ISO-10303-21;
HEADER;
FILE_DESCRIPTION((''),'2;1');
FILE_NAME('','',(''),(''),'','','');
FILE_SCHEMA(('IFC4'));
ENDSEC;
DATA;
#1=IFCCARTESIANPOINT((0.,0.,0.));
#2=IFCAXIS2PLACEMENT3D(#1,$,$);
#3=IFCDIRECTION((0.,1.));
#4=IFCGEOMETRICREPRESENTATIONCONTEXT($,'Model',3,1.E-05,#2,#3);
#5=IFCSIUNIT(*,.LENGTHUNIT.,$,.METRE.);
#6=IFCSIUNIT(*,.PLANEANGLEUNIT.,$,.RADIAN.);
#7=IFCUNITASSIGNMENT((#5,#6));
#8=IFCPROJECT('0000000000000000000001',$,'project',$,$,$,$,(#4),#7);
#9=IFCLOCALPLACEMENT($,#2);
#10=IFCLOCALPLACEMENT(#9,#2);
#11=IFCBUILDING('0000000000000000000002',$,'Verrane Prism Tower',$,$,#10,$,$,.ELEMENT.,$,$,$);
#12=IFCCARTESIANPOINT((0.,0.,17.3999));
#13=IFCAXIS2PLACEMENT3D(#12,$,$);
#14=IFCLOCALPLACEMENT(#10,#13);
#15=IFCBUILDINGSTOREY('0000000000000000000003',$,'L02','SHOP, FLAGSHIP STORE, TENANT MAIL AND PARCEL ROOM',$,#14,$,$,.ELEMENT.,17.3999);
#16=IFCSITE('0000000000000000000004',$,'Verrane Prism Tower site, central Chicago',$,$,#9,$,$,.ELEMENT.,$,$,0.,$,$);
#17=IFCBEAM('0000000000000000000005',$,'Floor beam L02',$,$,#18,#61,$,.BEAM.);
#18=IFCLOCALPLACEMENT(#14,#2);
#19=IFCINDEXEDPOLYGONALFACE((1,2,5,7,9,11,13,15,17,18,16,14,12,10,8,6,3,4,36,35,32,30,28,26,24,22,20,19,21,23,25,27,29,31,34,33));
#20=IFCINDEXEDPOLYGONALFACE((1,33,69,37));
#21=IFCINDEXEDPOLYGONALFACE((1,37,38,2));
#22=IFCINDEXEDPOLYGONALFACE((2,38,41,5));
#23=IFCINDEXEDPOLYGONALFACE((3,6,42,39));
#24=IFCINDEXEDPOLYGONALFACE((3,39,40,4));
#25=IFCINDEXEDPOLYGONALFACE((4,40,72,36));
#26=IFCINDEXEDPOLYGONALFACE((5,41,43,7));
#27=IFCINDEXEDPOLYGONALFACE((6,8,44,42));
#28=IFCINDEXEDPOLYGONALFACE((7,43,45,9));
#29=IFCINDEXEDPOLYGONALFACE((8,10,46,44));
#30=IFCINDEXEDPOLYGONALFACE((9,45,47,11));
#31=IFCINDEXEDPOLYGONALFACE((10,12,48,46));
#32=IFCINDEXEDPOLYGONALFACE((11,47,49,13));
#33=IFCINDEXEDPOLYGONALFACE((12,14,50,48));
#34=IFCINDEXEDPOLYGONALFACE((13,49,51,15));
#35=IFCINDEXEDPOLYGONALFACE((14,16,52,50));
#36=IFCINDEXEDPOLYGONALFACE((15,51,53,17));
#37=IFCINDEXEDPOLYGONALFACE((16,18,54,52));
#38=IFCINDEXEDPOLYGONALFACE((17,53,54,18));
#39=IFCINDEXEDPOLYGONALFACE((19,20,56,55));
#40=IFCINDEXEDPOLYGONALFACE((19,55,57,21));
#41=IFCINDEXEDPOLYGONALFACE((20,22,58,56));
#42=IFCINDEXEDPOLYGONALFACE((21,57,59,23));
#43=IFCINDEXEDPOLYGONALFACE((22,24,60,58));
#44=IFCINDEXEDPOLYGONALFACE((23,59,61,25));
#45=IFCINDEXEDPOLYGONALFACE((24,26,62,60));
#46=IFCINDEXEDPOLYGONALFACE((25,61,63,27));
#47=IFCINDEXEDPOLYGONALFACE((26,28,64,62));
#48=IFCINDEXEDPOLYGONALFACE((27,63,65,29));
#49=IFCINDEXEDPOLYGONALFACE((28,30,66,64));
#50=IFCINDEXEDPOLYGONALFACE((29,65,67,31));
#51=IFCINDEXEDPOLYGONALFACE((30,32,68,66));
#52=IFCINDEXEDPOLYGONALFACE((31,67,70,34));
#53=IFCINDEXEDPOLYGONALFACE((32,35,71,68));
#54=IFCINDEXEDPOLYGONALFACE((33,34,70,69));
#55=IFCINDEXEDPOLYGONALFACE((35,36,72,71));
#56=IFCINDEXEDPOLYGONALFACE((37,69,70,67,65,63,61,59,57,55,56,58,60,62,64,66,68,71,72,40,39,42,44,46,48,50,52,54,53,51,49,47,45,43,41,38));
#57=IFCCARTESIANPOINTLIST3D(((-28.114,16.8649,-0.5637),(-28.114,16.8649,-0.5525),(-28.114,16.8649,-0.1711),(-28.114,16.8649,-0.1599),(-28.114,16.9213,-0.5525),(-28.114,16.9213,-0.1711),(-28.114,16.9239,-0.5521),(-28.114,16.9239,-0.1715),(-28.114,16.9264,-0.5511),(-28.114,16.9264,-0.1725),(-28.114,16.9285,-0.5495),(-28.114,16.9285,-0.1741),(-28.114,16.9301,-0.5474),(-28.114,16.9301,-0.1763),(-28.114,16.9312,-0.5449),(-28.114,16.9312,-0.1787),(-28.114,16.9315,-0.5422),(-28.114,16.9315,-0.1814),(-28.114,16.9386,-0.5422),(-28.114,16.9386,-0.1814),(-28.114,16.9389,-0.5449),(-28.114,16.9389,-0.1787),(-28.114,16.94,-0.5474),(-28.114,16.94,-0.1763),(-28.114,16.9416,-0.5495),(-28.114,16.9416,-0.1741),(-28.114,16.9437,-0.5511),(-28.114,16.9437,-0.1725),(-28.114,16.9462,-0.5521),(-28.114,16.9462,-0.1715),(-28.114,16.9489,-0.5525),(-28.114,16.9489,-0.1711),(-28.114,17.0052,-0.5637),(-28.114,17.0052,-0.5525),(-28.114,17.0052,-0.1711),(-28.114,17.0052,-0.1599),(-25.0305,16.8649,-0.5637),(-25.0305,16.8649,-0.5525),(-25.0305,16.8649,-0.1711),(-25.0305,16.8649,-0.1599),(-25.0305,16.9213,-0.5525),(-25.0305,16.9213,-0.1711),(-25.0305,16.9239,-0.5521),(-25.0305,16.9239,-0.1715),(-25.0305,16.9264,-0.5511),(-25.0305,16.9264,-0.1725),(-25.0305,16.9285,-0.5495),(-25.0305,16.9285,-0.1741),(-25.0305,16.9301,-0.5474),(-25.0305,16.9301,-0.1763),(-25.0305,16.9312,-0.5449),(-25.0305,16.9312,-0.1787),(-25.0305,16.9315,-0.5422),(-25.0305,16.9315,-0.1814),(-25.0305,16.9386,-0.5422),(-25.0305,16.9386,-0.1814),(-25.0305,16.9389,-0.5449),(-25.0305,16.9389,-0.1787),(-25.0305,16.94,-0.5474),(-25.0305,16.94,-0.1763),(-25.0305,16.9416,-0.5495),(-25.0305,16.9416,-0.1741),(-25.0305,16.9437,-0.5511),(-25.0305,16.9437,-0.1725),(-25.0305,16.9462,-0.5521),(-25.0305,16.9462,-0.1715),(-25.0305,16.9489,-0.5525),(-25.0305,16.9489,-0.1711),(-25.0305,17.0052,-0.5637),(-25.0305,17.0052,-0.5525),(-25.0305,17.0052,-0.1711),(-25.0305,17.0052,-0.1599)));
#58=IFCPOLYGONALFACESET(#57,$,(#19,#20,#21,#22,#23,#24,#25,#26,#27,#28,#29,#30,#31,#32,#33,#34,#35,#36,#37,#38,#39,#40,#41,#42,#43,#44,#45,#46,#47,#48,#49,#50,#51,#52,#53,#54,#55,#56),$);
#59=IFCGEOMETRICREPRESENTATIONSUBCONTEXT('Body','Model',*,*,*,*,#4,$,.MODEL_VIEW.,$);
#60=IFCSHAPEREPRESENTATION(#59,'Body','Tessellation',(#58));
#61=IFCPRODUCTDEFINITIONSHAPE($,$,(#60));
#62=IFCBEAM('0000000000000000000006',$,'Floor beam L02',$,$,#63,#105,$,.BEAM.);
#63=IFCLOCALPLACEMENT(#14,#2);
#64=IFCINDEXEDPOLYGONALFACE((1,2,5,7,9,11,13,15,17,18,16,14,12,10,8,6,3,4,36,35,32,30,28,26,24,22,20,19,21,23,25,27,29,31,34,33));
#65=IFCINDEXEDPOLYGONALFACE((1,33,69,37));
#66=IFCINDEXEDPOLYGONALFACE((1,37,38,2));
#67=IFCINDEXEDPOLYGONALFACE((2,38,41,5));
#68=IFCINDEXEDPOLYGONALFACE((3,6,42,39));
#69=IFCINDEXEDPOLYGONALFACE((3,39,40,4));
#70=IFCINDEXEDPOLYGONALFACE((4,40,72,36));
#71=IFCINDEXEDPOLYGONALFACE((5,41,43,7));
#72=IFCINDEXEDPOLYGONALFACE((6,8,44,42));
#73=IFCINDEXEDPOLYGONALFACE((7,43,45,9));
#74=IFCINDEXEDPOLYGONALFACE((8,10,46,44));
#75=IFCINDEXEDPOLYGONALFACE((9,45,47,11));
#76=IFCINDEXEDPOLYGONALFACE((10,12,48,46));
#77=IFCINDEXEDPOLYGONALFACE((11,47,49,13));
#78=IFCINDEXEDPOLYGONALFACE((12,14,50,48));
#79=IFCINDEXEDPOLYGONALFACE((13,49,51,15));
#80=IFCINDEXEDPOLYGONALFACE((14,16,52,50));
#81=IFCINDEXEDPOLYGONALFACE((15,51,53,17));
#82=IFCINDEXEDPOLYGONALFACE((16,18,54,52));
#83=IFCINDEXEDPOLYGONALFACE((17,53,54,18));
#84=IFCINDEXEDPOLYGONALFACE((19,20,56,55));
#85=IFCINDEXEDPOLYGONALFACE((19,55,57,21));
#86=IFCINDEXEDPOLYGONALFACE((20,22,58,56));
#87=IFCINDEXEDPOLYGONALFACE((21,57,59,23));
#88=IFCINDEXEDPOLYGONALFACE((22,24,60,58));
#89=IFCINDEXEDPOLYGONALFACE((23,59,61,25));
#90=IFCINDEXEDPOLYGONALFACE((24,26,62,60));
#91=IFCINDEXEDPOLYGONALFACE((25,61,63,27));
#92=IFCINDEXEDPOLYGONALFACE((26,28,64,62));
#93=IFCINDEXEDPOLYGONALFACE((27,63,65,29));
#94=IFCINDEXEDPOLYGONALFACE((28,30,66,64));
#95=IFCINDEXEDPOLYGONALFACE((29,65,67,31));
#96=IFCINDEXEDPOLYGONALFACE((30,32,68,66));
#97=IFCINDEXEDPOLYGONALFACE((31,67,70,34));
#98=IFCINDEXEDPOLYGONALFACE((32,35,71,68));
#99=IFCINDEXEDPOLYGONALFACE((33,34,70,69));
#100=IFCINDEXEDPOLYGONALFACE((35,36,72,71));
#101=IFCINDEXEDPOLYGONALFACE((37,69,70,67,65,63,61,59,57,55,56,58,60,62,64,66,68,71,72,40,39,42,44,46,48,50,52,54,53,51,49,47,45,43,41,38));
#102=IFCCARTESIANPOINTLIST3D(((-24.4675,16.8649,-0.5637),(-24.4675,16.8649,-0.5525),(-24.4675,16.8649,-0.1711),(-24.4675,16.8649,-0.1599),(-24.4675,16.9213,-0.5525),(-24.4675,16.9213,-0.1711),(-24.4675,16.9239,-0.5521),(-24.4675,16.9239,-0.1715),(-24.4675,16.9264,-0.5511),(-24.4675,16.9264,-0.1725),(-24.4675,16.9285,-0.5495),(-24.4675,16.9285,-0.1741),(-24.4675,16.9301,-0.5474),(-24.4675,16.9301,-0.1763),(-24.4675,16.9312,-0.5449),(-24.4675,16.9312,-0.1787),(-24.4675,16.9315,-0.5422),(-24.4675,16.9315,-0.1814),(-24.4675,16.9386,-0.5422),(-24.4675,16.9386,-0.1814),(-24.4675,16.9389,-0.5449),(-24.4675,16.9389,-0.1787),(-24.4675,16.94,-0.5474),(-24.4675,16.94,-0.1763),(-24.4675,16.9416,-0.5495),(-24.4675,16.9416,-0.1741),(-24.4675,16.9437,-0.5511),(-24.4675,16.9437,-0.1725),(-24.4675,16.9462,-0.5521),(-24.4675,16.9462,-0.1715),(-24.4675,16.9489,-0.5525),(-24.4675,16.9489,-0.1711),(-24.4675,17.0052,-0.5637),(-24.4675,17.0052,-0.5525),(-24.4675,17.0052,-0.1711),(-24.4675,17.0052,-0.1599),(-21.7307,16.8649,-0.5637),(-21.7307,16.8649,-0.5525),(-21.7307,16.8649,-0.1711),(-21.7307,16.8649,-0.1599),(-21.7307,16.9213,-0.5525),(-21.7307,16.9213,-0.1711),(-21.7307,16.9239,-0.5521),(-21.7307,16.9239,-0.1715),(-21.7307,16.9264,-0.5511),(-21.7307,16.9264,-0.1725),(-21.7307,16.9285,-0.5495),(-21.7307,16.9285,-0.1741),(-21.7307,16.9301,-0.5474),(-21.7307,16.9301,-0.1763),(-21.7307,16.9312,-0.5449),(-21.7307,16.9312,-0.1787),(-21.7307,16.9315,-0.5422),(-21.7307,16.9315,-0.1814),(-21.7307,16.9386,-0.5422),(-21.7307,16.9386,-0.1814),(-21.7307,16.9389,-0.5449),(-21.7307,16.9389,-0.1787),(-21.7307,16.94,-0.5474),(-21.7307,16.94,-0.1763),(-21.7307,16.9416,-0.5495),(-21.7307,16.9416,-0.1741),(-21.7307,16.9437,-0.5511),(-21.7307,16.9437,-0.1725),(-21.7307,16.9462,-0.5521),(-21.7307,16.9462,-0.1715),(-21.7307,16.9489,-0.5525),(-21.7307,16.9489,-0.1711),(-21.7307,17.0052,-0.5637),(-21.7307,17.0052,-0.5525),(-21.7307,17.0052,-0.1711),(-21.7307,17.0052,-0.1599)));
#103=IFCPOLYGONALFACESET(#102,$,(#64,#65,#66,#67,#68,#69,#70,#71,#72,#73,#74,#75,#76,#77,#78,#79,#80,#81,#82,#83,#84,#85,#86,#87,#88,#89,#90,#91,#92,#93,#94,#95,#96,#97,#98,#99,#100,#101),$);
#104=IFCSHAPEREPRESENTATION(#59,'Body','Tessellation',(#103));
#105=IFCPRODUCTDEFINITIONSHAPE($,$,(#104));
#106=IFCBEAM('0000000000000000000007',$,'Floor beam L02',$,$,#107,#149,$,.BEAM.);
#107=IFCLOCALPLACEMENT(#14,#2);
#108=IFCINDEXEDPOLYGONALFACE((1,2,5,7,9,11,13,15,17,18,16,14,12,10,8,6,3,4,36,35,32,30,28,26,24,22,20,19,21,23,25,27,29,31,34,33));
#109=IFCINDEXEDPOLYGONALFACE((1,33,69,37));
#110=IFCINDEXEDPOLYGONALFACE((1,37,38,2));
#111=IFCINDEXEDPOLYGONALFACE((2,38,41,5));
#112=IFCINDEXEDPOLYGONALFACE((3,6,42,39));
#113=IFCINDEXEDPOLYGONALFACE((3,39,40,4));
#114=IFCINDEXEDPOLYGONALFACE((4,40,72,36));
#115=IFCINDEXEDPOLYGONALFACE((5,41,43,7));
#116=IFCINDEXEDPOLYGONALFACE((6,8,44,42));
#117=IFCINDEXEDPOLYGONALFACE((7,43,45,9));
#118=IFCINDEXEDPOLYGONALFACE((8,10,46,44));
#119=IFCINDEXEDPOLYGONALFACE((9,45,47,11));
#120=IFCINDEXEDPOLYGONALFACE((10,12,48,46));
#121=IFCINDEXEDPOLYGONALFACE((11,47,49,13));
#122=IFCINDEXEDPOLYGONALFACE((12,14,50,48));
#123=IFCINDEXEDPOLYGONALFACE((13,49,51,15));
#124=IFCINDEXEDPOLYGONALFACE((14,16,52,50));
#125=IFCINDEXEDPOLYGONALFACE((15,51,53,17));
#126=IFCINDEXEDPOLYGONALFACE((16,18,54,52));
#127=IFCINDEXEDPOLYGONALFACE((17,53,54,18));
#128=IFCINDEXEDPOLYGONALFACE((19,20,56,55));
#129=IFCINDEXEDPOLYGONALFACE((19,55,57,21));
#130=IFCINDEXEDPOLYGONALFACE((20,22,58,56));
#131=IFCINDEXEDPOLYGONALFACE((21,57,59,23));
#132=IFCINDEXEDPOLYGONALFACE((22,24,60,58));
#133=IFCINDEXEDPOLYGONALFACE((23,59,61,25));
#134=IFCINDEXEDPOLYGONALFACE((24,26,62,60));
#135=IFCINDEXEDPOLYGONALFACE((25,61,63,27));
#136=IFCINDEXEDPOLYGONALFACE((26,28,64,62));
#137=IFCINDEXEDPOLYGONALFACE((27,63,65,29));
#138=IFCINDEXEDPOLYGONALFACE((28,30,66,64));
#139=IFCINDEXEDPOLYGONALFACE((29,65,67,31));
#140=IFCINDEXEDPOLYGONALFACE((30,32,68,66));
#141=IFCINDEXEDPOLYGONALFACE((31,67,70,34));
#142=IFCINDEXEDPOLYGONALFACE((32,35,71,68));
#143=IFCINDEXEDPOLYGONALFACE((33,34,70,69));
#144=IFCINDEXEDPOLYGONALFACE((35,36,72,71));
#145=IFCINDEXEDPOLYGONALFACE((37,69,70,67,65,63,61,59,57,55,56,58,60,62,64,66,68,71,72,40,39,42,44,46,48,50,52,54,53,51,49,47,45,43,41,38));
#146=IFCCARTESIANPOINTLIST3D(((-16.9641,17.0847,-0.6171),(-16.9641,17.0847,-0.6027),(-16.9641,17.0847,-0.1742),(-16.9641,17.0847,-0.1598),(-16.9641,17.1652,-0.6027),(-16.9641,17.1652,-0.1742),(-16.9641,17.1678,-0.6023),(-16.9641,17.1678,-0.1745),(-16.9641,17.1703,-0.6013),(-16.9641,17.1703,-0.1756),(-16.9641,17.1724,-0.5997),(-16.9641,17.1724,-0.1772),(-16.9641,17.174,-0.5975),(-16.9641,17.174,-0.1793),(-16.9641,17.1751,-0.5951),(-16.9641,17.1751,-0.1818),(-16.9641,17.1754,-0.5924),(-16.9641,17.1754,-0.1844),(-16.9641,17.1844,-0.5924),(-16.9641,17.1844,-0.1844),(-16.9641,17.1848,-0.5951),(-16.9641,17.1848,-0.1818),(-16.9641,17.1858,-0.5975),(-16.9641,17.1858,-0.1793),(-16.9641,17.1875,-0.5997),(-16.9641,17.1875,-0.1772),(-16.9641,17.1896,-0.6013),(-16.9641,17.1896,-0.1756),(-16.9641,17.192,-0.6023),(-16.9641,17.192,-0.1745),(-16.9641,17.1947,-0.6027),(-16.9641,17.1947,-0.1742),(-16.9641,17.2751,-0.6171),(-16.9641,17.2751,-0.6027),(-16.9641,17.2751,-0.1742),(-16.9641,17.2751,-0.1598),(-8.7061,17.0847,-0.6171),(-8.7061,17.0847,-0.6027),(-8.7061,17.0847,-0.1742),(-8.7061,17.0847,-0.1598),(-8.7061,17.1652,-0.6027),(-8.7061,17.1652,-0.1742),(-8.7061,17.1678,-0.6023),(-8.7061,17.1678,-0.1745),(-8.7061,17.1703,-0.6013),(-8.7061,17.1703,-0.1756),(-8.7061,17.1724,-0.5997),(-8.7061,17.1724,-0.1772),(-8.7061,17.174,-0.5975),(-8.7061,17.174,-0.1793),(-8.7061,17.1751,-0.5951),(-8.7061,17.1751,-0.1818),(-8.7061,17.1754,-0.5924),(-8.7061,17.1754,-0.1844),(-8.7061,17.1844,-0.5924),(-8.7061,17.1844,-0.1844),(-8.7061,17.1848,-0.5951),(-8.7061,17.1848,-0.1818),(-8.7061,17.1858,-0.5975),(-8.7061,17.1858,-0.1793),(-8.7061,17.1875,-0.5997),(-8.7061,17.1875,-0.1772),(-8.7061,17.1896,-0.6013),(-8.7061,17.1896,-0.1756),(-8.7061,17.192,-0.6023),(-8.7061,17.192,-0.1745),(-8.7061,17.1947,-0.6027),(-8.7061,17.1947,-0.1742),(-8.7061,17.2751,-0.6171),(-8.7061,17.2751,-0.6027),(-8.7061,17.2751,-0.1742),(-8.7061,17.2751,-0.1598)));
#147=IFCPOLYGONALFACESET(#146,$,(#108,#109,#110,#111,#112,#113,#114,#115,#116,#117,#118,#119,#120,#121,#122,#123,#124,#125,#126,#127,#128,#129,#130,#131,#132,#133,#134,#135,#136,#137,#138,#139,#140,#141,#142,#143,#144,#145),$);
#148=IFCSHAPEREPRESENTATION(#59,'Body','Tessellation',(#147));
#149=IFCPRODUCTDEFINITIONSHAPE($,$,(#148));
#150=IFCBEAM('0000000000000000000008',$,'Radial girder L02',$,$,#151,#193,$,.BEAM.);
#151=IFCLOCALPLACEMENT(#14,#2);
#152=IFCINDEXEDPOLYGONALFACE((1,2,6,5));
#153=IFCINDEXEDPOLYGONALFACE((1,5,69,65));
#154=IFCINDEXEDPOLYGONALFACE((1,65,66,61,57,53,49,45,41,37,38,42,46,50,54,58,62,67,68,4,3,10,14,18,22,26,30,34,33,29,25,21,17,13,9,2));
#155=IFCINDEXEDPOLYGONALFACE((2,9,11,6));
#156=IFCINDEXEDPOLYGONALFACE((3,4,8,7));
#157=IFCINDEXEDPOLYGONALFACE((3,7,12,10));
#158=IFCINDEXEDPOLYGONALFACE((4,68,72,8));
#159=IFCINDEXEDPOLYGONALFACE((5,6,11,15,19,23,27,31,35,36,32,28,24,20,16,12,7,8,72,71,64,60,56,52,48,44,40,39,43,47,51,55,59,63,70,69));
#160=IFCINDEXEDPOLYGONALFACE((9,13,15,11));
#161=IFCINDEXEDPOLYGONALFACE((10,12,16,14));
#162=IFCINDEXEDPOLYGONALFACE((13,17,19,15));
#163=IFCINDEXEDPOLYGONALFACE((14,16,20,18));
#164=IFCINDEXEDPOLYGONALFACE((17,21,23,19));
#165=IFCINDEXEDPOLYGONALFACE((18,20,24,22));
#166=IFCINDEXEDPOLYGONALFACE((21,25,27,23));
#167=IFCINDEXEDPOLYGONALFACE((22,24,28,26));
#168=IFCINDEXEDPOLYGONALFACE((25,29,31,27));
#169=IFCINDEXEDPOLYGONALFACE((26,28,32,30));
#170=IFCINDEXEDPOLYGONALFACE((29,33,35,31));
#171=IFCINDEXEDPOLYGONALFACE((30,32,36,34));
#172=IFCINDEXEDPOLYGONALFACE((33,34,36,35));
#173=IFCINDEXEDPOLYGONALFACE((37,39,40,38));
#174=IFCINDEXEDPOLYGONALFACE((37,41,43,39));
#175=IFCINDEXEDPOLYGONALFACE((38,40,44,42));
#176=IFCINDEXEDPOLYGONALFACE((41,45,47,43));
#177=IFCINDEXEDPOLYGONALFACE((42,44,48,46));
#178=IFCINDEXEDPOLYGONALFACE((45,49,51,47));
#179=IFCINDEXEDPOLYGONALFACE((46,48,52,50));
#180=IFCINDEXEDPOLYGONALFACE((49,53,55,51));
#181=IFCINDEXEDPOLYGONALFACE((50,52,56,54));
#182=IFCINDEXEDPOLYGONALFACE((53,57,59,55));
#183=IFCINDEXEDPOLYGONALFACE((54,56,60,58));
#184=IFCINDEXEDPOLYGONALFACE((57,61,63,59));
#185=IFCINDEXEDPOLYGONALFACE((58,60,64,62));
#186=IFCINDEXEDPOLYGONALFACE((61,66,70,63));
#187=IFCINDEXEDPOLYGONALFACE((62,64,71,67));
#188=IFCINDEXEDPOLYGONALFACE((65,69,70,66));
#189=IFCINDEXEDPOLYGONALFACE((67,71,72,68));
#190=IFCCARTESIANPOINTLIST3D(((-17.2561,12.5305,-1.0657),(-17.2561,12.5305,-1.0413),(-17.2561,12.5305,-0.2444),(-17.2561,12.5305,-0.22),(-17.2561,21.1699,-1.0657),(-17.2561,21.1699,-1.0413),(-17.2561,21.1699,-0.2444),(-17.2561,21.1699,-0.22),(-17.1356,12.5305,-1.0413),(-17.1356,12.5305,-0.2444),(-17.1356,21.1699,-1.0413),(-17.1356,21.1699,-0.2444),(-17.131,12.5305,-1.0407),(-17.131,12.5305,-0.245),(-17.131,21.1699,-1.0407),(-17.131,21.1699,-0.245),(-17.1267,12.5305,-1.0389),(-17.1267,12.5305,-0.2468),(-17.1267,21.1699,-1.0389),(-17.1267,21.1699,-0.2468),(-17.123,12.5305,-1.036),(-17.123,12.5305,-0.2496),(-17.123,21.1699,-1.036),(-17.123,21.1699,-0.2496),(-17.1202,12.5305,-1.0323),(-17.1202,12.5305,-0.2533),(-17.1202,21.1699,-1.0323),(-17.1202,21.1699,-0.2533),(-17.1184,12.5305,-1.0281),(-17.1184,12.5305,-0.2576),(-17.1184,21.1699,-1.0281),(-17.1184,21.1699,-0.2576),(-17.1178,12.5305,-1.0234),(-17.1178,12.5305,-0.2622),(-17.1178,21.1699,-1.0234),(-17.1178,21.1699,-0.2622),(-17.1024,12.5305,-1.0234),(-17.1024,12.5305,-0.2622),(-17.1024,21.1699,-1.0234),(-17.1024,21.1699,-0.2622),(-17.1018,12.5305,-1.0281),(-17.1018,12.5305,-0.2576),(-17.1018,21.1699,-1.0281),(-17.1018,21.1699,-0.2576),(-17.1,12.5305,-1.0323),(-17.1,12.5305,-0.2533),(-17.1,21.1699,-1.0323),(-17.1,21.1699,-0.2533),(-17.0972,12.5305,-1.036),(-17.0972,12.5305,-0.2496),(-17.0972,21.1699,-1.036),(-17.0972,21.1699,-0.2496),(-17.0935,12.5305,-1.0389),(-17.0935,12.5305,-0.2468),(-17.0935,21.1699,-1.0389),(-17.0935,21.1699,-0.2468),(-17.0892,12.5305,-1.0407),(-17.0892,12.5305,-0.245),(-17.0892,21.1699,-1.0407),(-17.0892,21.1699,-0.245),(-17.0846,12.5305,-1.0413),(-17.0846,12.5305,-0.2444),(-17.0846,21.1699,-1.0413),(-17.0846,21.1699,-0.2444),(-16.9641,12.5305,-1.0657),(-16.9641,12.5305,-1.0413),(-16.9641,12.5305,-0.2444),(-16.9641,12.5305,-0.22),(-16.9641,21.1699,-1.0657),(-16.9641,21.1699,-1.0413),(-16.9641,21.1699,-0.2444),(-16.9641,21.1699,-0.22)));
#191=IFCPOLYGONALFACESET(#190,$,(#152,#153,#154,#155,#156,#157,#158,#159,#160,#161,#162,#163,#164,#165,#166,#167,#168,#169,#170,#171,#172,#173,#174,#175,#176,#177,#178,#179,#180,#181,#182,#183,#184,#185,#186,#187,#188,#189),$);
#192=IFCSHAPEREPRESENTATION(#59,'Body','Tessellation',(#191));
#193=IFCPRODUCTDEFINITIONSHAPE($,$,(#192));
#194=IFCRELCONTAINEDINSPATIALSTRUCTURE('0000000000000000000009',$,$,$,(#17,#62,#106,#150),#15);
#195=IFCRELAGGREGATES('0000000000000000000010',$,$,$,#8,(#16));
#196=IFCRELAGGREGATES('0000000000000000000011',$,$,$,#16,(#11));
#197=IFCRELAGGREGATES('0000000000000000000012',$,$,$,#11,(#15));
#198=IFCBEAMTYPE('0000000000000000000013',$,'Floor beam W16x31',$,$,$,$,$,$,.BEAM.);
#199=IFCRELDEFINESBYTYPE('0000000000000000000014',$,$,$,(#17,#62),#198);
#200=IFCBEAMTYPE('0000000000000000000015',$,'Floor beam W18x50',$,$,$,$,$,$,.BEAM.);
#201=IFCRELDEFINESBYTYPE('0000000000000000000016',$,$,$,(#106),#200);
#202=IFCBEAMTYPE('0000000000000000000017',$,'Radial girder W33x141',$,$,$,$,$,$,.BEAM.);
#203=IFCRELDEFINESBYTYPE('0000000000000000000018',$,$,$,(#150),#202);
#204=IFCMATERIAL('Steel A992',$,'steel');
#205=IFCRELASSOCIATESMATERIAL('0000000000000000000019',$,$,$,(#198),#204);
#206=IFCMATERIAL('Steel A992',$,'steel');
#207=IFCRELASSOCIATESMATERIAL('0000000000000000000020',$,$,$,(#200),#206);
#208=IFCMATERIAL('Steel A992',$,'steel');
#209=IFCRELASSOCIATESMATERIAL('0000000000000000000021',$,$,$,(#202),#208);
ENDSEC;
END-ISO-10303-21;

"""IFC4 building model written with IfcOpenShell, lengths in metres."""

from ifc_helpers import new_model, si_unit, direction, frame, origin, origin_2d, place, context, subcontext, project, spatial, i_section, extrude, material, material_profile, profile_set, type_object, element, save


model = new_model("IFC4")

# Units and contexts
model_context = context("Model", 3, precision=1e-05, world=origin(), true_north=direction((0.0, 1.0)))
body_context = subcontext(model_context, "Body", "Model", "MODEL_VIEW")
ifc_project = project(units=[si_unit("LENGTHUNIT", "METRE"), si_unit("PLANEANGLEUNIT", "RADIAN")], contexts=[model_context])

# Site, building, storey
site_placement = place(None, origin())
site = spatial("IfcSite", under=ifc_project, at=site_placement, Name="Verrane Prism Tower site, central Chicago", CompositionType="ELEMENT", RefElevation=0.0)
building_placement = place(site_placement, origin())
building = spatial("IfcBuilding", under=site, at=building_placement, Name="Verrane Prism Tower", CompositionType="ELEMENT")
storey_placement = place(building_placement, frame((0.0, 0.0, 17.3999)))
storey = spatial("IfcBuildingStorey", under=building, at=storey_placement, Name="L02", Description="SHOP, FLAGSHIP STORE, TENANT MAIL AND PARCEL ROOM", CompositionType="ELEMENT", Elevation=17.3999)

# Beams
ifc_material_1 = material(Name="Steel A992", Category="steel")
ifc_material_profile_1 = material_profile(ifc_material_1, i_section(OverallWidth=0.1404, OverallDepth=0.4038, WebThickness=0.0071, FlangeThickness=0.0112, FilletRadius=0.0103, at=origin_2d()), Name="W16x31")
ifc_profile_set_1 = profile_set([ifc_material_profile_1], Name="Steel A992")
beam_type_1 = type_object("IfcBeamType", Name="Floor beam W16x31", PredefinedType="BEAM", material=ifc_profile_set_1)
beam_1_placement = place(storey_placement, frame((-28.114, 16.9351, -0.3618), z_axis=(1.0, 0.0, 0.0), x_axis=(0.0, 1.0, 0.0)))
element("IfcBeam", 1, at=beam_1_placement, inside=storey, type_object=beam_type_1, Name="Floor beam L02", PredefinedType="BEAM", context=body_context, shape_type="SweptSolid", body=[
    extrude(i_section(OverallWidth=0.1404, OverallDepth=0.4038, WebThickness=0.0071, FlangeThickness=0.0112, FilletRadius=0.0103, at=origin_2d()), origin(), (0.0, 0.0, 1.0), 3.0835),
])
beam_2_placement = place(storey_placement, frame((-24.4675, 16.9351, -0.3618), z_axis=(1.0, 0.0, 0.0), x_axis=(0.0, 1.0, 0.0)))
element("IfcBeam", 2, at=beam_2_placement, inside=storey, type_object=beam_type_1, Name="Floor beam L02", PredefinedType="BEAM", context=body_context, shape_type="SweptSolid", body=[
    extrude(i_section(OverallWidth=0.1404, OverallDepth=0.4038, WebThickness=0.0071, FlangeThickness=0.0112, FilletRadius=0.0103, at=origin_2d()), origin(), (0.0, 0.0, 1.0), 2.7368),
])
ifc_material_2 = material(Name="Steel A992", Category="steel")
ifc_material_profile_2 = material_profile(ifc_material_2, i_section(OverallWidth=0.1904, OverallDepth=0.4573, WebThickness=0.009, FlangeThickness=0.0144, FilletRadius=0.0103, at=origin_2d()), Name="W18x50")
ifc_profile_set_2 = profile_set([ifc_material_profile_2], Name="Steel A992")
beam_type_2 = type_object("IfcBeamType", Name="Floor beam W18x50", PredefinedType="BEAM", material=ifc_profile_set_2)
beam_3_placement = place(storey_placement, frame((-16.9641, 17.1799, -0.3884), z_axis=(1.0, 0.0, 0.0), x_axis=(0.0, 1.0, 0.0)))
element("IfcBeam", 3, at=beam_3_placement, inside=storey, type_object=beam_type_2, Name="Floor beam L02", PredefinedType="BEAM", context=body_context, shape_type="SweptSolid", body=[
    extrude(i_section(OverallWidth=0.1904, OverallDepth=0.4573, WebThickness=0.009, FlangeThickness=0.0144, FilletRadius=0.0103, at=origin_2d()), origin(), (0.0, 0.0, 1.0), 8.2581),
])
ifc_material_3 = material(Name="Steel A992", Category="steel")
ifc_material_profile_3 = material_profile(ifc_material_3, i_section(OverallWidth=0.292, OverallDepth=0.8457, WebThickness=0.0154, FlangeThickness=0.0244, FilletRadius=0.0178, at=origin_2d()), Name="W33x141")
ifc_profile_set_3 = profile_set([ifc_material_profile_3], Name="Steel A992")
beam_type_3 = type_object("IfcBeamType", Name="Radial girder W33x141", PredefinedType="BEAM", material=ifc_profile_set_3)
beam_4_placement = place(storey_placement, frame((-17.1101, 21.1699, -0.6428), z_axis=(0.0, -1.0, 0.0), x_axis=(1.0, 0.0, 0.0)))
element("IfcBeam", 4, at=beam_4_placement, inside=storey, type_object=beam_type_3, Name="Radial girder L02", PredefinedType="BEAM", context=body_context, shape_type="SweptSolid", body=[
    extrude(i_section(OverallWidth=0.292, OverallDepth=0.8457, WebThickness=0.0154, FlangeThickness=0.0244, FilletRadius=0.0178, at=origin_2d()), origin(), (0.0, 0.0, 1.0), 8.6394),
])

save(model, "model.ifc")
